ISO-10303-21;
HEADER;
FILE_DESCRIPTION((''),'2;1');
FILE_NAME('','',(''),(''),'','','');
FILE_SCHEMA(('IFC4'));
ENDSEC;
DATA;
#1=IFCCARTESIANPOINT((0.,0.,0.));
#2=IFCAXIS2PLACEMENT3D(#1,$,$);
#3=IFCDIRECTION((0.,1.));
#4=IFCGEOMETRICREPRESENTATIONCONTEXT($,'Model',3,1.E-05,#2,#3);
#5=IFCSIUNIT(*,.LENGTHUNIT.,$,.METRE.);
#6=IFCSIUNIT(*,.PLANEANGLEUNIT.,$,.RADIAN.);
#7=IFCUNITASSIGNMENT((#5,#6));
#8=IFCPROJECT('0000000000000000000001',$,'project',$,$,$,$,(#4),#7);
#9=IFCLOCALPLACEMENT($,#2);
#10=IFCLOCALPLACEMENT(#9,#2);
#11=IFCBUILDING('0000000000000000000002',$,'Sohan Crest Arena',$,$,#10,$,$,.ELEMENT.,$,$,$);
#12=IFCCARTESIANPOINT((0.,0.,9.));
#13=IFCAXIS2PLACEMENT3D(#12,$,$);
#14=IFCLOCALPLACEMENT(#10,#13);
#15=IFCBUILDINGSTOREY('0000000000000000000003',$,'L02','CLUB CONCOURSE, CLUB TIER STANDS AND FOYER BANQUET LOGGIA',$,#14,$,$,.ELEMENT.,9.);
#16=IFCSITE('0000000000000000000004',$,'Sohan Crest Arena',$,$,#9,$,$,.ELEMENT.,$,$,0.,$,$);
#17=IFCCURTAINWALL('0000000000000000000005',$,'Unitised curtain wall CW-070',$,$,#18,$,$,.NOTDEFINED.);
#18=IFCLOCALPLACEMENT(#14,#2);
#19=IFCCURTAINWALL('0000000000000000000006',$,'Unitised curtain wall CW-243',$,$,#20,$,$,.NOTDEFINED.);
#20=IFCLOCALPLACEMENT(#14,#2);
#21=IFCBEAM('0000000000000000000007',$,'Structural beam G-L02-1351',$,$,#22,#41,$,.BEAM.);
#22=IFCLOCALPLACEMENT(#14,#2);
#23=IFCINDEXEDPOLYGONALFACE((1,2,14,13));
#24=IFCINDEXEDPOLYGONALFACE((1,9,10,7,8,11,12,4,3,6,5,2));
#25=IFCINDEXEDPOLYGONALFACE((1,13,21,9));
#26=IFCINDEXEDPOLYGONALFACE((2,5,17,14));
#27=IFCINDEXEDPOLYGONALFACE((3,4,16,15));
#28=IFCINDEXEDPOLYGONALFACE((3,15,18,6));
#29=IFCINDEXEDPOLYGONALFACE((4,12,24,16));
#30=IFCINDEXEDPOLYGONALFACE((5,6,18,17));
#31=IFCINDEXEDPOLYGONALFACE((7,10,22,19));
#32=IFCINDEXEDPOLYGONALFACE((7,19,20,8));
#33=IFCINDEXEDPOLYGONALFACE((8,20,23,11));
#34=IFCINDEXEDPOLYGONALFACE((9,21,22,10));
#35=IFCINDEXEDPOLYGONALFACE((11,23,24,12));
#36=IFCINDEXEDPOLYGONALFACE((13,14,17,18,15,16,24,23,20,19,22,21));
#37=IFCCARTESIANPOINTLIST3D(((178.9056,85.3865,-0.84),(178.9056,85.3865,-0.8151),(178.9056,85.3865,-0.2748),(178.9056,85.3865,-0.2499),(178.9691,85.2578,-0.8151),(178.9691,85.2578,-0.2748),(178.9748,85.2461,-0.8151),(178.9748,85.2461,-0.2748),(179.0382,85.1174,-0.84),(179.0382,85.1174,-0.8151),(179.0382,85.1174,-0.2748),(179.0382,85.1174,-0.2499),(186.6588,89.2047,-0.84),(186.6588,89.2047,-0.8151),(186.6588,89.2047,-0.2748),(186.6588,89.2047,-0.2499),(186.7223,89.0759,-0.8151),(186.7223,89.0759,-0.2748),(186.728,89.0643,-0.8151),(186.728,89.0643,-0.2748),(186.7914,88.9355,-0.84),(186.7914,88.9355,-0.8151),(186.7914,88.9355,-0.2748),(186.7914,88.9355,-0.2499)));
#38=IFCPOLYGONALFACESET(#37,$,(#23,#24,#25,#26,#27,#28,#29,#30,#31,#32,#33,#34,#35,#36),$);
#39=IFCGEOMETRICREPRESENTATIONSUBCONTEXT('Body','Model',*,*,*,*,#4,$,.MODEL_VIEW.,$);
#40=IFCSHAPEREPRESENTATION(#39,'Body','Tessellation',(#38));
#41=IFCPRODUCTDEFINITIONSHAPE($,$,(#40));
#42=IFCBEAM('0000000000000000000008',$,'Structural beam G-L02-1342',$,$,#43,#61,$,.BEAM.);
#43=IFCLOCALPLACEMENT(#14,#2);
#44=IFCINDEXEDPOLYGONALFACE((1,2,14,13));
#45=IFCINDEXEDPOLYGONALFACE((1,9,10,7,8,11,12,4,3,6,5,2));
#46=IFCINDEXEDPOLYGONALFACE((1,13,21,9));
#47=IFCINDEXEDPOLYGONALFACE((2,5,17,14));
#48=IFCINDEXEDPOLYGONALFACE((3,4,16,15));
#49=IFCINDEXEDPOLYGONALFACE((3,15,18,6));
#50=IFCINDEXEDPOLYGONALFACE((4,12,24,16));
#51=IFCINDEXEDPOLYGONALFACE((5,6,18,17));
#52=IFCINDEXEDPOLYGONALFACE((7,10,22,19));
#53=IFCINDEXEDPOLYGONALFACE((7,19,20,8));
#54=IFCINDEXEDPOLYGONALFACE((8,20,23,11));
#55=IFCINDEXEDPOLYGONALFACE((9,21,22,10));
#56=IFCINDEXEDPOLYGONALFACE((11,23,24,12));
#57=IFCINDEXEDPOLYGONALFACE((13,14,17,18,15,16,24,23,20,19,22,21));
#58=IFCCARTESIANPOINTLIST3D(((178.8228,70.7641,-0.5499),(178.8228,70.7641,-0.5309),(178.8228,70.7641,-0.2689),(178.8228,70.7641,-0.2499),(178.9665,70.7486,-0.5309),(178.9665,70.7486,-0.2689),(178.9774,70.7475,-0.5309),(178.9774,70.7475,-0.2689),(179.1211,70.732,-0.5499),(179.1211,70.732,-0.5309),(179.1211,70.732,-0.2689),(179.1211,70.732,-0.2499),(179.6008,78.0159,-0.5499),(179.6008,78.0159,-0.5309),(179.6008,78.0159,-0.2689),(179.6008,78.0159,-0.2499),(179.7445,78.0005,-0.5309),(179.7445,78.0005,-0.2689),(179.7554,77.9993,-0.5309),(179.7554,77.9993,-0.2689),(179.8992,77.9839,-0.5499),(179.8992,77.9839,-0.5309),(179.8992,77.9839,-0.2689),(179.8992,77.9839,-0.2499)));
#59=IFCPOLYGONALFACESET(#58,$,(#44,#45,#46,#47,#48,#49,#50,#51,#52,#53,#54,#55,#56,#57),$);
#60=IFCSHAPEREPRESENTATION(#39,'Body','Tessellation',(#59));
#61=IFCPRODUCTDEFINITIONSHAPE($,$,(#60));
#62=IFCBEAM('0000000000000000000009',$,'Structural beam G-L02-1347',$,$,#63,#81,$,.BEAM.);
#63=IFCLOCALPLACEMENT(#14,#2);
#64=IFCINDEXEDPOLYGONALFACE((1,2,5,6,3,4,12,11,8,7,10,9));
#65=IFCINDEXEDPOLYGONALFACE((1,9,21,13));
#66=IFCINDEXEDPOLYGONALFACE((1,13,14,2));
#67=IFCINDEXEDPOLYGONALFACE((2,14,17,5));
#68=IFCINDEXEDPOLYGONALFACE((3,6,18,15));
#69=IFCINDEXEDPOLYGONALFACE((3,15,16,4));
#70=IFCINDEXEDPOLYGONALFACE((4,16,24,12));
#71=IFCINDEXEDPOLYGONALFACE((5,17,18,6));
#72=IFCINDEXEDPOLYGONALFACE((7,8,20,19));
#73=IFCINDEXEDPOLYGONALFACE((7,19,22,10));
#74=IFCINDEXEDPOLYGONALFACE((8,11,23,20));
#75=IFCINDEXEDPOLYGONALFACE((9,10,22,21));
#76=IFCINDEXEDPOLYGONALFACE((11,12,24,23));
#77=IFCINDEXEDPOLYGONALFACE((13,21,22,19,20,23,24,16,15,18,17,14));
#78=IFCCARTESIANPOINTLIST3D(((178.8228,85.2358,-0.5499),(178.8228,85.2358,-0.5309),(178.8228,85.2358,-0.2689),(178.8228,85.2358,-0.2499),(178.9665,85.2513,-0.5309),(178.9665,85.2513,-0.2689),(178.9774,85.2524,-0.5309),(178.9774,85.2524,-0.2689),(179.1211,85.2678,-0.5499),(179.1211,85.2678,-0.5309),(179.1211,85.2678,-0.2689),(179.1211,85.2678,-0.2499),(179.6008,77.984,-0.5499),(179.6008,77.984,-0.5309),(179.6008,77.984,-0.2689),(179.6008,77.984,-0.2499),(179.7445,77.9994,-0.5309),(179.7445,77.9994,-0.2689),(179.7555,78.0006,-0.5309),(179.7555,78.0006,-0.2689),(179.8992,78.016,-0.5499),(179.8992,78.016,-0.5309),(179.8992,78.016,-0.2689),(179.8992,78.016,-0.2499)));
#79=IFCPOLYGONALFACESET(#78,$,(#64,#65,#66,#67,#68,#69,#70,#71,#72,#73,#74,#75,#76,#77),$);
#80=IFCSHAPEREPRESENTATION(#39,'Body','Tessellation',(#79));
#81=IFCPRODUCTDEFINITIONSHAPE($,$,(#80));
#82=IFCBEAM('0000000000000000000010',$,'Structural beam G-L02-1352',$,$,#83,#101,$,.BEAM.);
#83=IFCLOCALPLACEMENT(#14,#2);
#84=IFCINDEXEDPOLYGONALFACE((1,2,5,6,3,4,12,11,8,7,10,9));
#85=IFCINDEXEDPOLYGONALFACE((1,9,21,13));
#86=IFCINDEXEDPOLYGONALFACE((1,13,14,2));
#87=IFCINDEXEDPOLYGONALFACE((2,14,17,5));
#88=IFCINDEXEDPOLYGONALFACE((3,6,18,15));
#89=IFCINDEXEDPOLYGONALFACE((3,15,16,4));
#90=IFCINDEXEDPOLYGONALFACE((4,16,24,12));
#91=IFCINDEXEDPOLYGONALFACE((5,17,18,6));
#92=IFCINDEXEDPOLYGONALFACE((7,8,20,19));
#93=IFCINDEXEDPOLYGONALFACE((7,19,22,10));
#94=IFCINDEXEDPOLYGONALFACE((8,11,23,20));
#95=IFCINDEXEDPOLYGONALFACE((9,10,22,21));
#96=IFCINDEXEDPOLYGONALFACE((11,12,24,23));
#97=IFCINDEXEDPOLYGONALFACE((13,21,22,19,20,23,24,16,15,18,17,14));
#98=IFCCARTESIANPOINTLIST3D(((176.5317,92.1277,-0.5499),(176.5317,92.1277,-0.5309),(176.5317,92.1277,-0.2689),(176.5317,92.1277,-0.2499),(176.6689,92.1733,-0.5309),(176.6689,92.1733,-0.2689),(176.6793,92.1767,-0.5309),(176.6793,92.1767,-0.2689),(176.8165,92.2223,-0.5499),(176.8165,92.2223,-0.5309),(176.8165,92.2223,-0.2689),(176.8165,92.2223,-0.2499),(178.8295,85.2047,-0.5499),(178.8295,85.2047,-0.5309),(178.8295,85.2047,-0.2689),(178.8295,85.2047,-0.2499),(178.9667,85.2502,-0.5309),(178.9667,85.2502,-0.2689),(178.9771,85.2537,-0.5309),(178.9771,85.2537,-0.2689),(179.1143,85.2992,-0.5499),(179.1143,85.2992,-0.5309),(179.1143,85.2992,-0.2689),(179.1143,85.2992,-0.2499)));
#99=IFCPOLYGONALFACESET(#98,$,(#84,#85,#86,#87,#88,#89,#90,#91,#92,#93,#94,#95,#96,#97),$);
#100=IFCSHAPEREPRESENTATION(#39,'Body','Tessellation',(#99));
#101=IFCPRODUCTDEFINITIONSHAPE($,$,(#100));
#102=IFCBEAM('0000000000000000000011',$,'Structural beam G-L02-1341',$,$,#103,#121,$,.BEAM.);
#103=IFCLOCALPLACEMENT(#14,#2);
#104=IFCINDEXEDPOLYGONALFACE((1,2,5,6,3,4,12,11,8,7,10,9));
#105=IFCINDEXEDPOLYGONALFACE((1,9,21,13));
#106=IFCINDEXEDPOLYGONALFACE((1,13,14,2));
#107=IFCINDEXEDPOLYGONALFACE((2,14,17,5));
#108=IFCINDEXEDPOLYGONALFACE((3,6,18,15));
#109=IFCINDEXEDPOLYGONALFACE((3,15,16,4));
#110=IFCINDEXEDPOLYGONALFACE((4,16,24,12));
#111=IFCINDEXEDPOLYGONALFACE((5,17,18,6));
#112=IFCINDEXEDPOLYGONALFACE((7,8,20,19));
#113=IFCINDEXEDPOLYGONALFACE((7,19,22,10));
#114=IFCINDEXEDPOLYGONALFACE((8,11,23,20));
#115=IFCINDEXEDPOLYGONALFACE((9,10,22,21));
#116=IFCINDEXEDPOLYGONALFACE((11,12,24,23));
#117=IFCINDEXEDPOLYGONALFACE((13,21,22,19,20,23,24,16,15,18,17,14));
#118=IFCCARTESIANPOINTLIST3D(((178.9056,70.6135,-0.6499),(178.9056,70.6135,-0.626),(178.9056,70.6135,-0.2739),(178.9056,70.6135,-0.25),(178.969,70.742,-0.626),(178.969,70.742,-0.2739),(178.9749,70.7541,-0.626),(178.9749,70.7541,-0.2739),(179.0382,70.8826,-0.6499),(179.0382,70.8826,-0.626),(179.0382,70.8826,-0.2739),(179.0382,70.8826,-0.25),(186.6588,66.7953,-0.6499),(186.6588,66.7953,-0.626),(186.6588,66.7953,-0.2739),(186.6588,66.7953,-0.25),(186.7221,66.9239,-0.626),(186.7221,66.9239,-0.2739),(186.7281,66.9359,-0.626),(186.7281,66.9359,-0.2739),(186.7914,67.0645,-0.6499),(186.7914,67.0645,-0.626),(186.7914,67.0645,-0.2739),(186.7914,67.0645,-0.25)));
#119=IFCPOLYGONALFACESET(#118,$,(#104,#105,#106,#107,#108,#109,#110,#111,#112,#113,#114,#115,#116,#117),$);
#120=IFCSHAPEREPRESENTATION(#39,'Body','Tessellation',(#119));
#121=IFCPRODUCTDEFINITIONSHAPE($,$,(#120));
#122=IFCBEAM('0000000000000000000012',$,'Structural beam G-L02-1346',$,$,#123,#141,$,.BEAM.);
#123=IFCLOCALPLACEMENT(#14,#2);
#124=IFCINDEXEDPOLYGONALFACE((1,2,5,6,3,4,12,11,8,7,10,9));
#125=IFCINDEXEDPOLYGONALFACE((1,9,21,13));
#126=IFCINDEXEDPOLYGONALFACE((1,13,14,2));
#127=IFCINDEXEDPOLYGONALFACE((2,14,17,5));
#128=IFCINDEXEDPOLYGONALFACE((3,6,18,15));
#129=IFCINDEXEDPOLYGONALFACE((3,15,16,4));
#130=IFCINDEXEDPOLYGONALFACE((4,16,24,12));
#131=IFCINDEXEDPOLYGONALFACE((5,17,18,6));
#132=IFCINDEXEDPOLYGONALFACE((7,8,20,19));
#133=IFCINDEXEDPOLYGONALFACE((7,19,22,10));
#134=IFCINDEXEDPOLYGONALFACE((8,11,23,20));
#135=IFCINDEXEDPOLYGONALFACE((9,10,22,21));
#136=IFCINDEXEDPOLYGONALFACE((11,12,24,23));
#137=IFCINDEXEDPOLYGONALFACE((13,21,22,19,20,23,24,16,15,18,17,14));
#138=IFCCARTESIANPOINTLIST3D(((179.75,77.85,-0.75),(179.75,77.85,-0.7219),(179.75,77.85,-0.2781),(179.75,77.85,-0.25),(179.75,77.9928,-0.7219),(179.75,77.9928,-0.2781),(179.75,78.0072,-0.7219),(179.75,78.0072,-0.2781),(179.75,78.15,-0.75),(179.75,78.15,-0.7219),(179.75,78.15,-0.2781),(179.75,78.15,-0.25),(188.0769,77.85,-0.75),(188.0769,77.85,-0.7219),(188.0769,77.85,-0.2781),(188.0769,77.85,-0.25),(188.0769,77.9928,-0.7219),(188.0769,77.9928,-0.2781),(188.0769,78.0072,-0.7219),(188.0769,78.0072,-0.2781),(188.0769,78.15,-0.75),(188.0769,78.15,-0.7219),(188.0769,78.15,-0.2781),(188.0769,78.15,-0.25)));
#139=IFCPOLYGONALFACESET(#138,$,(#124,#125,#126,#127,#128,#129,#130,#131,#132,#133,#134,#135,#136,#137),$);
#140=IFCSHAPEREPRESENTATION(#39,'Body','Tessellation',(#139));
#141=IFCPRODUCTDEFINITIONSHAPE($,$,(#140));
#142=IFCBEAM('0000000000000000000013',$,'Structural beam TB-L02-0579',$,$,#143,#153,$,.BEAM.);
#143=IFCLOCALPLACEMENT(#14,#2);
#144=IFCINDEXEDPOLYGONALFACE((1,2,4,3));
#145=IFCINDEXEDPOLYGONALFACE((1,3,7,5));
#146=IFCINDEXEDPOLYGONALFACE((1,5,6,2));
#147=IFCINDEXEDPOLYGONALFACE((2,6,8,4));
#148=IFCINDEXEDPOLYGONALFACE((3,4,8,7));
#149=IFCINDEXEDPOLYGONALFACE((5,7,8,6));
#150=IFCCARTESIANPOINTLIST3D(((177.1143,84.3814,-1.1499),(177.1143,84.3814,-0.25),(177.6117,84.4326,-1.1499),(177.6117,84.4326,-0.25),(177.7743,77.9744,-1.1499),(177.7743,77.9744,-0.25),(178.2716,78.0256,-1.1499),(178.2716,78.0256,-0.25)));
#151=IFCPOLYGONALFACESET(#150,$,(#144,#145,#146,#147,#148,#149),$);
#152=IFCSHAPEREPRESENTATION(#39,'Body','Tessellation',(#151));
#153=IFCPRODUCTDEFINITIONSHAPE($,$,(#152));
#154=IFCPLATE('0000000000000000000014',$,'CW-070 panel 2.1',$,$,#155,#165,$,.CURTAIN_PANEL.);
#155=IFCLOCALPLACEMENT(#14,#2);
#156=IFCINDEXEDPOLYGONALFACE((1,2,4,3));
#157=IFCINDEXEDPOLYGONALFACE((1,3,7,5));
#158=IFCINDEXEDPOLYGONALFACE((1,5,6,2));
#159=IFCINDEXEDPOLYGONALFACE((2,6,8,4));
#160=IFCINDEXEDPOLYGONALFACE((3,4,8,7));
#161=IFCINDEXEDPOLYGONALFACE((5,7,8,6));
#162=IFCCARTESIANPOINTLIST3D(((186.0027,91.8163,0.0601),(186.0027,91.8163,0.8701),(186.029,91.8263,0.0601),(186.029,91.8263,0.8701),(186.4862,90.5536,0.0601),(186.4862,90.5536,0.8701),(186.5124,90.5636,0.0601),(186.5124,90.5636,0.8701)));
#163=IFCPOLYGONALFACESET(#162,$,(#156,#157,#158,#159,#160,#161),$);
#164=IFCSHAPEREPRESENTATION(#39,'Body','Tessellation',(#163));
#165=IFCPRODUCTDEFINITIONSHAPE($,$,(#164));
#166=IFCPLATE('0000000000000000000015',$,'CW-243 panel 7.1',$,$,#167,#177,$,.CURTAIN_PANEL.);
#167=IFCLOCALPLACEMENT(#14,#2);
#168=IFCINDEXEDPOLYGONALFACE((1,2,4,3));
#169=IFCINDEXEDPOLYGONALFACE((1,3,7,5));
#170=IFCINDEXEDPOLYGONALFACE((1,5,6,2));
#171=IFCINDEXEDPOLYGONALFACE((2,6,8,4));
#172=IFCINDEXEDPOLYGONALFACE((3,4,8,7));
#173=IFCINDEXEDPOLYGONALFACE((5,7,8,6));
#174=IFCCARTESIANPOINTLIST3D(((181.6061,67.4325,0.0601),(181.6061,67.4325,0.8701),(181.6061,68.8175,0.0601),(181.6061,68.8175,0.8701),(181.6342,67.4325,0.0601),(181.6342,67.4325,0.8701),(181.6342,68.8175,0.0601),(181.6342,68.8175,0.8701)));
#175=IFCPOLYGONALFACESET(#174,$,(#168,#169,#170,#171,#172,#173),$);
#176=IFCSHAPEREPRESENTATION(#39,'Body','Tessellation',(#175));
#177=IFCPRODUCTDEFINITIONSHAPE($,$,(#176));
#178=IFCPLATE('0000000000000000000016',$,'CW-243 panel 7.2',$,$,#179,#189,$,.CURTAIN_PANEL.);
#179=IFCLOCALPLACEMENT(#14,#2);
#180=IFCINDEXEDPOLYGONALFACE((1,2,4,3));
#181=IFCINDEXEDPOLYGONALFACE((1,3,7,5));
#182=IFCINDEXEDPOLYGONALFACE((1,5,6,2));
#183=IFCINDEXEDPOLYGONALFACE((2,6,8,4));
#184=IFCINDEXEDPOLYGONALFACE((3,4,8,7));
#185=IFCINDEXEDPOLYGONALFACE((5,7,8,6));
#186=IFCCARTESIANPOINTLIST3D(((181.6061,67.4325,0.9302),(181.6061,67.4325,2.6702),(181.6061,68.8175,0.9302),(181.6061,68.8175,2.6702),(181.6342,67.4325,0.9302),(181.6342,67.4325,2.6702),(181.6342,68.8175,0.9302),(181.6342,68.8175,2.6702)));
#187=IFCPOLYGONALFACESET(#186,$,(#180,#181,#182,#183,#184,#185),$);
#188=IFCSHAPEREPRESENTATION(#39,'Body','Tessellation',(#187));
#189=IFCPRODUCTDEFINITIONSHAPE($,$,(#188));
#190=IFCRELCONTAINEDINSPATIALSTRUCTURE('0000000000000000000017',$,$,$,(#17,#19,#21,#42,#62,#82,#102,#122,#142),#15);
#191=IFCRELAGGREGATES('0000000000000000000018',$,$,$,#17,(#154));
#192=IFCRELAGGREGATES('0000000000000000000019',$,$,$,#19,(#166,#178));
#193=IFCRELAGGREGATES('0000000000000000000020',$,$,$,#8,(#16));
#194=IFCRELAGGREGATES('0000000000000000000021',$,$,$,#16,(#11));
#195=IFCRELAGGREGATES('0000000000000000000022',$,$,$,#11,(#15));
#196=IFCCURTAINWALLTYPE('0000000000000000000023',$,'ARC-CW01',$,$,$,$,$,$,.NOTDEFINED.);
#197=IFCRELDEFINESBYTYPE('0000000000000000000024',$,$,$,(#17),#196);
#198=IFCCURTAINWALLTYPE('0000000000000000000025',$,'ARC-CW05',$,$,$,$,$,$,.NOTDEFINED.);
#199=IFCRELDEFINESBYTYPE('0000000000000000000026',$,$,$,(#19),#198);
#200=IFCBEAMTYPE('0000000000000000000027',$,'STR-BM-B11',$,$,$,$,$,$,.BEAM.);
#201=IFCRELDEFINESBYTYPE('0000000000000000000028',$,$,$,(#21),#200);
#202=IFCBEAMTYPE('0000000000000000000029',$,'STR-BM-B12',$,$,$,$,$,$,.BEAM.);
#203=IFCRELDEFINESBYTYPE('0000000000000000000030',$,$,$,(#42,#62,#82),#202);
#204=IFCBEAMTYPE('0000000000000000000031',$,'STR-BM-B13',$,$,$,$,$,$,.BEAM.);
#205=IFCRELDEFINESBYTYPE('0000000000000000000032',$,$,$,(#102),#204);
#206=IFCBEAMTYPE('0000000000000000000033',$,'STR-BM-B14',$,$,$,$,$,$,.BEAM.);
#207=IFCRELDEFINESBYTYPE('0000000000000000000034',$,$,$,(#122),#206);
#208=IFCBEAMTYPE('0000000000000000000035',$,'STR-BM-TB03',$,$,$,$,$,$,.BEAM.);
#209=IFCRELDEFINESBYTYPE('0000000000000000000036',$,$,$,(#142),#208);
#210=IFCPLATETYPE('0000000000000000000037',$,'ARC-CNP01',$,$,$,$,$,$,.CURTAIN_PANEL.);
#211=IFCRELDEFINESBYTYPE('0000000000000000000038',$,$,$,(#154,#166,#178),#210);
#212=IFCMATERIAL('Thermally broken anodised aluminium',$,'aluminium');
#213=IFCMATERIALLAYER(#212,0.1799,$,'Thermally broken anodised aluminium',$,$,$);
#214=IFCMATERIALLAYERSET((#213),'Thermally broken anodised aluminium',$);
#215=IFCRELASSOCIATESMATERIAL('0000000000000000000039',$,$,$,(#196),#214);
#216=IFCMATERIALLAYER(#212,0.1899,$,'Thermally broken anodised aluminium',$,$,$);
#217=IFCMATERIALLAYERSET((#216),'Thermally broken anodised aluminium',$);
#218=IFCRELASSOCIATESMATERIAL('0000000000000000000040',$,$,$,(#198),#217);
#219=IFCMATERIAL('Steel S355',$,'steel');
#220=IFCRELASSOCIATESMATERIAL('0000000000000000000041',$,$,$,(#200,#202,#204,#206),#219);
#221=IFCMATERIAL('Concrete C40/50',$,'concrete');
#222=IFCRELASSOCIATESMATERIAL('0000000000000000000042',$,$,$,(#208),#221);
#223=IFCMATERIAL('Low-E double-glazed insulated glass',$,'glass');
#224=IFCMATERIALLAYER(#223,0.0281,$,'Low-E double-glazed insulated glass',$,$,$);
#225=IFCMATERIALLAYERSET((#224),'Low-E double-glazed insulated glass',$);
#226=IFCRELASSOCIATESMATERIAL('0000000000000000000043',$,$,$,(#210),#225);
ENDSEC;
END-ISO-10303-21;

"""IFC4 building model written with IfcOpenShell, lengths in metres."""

from ifc_helpers import new_model, si_unit, direction, frame, origin, origin_2d, place, context, subcontext, project, spatial, rectangle, i_section, extrude, material, layer, layer_set, material_profile, profile_set, type_object, element, aggregate, save


model = new_model("IFC4")

# Units and contexts
model_context = context("Model", 3, precision=1e-05, world=origin(), true_north=direction((0.0, 1.0)))
body_context = subcontext(model_context, "Body", "Model", "MODEL_VIEW")
ifc_project = project(units=[si_unit("LENGTHUNIT", "METRE"), si_unit("PLANEANGLEUNIT", "RADIAN")], contexts=[model_context])

# Site, building, storey
site_placement = place(None, origin())
site = spatial("IfcSite", under=ifc_project, at=site_placement, Name="Sohan Crest Arena", CompositionType="ELEMENT", RefElevation=0.0)
building_placement = place(site_placement, origin())
building = spatial("IfcBuilding", under=site, at=building_placement, Name="Sohan Crest Arena", CompositionType="ELEMENT")
storey_placement = place(building_placement, frame((0.0, 0.0, 9.0)))
storey = spatial("IfcBuildingStorey", under=building, at=storey_placement, Name="L02", Description="CLUB CONCOURSE, CLUB TIER STANDS AND FOYER BANQUET LOGGIA", CompositionType="ELEMENT", Elevation=9.0)

# Shared definitions
ifc_material_1 = material(Name="Concrete C40/50", Category="concrete")
ifc_material_2 = material(Name="Steel S355", Category="steel")

# Curtain wall
ifc_material_3 = material(Name="Thermally broken anodised aluminium", Category="aluminium")
ifc_layer_1 = layer(ifc_material_3, 0.1799, Name="Thermally broken anodised aluminium")
ifc_layer_set_1 = layer_set([ifc_layer_1], Name="Thermally broken anodised aluminium")
curtain_wall_type_1 = type_object("IfcCurtainWallType", Name="ARC-CW01", PredefinedType="NOTDEFINED", material=ifc_layer_set_1)
curtain_wall_1_placement = place(storey_placement, origin())
curtain_wall_1 = element("IfcCurtainWall", 1, at=curtain_wall_1_placement, inside=storey, type_object=curtain_wall_type_1, Name="Unitised curtain wall CW-070", PredefinedType="NOTDEFINED")

# Curtain wall
ifc_layer_2 = layer(ifc_material_3, 0.1899, Name="Thermally broken anodised aluminium")
ifc_layer_set_2 = layer_set([ifc_layer_2], Name="Thermally broken anodised aluminium")
curtain_wall_type_2 = type_object("IfcCurtainWallType", Name="ARC-CW05", PredefinedType="NOTDEFINED", material=ifc_layer_set_2)
curtain_wall_2_placement = place(storey_placement, origin())
curtain_wall_2 = element("IfcCurtainWall", 2, at=curtain_wall_2_placement, inside=storey, type_object=curtain_wall_type_2, Name="Unitised curtain wall CW-243", PredefinedType="NOTDEFINED")

# Beams
ifc_material_profile_1 = material_profile(ifc_material_2, i_section(OverallWidth=0.3, OverallDepth=0.5901, WebThickness=0.0129, FlangeThickness=0.0249, at=origin_2d()), Name="HEA 600")
ifc_profile_set_1 = profile_set([ifc_material_profile_1], Name="Steel S355")
beam_type_1 = type_object("IfcBeamType", Name="STR-BM-B11", PredefinedType="BEAM", material=ifc_profile_set_1)
beam_1_placement = place(storey_placement, frame((178.9719, 85.252, -0.5449), z_axis=(0.897117, 0.441793, 0.0), x_axis=(-0.441793, 0.897117, 0.0)))
element("IfcBeam", 3, at=beam_1_placement, inside=storey, type_object=beam_type_1, Name="Structural beam G-L02-1351", PredefinedType="BEAM", context=body_context, shape_type="SweptSolid", body=[
    extrude(i_section(OverallWidth=0.3, OverallDepth=0.5901, WebThickness=0.0129, FlangeThickness=0.0249, at=origin_2d()), origin(), (0.0, 0.0, 1.0), 8.6423),
])
ifc_material_profile_2 = material_profile(ifc_material_2, i_section(OverallWidth=0.3, OverallDepth=0.3, WebThickness=0.011, FlangeThickness=0.019, at=origin_2d()), Name="HEB 300")
ifc_profile_set_2 = profile_set([ifc_material_profile_2], Name="Steel S355")
beam_type_2 = type_object("IfcBeamType", Name="STR-BM-B12", PredefinedType="BEAM", material=ifc_profile_set_2)
for number, where, z_axis, x_axis, name in (
    (4, (178.9719, 70.748, -0.3999), (0.10668, 0.994293, 0.0), (-0.994293, 0.10668, 0.0), "Structural beam G-L02-1342"),
    (5, (179.75, 78.0, -0.3999), (-0.10668, 0.994293, 0.0), (-0.994293, -0.10668, 0.0), "Structural beam G-L02-1347"),
):
    element("IfcBeam", number, at=place(storey_placement, frame(where, z_axis=z_axis, x_axis=x_axis)), inside=storey, type_object=beam_type_2, Name=name, PredefinedType="BEAM", context=body_context, shape_type="SweptSolid", body=[
        extrude(i_section(OverallWidth=0.3, OverallDepth=0.3, WebThickness=0.011, FlangeThickness=0.019, at=origin_2d()), origin(), (0.0, 0.0, 1.0), 7.2935),
    ])
beam_2_placement = place(storey_placement, frame((178.9719, 85.252, -0.3999), z_axis=(-0.315013, 0.949087, 0.0), x_axis=(-0.949087, -0.315013, 0.0)))
element("IfcBeam", 6, at=beam_2_placement, inside=storey, type_object=beam_type_2, Name="Structural beam G-L02-1352", PredefinedType="BEAM", context=body_context, shape_type="SweptSolid", body=[
    extrude(i_section(OverallWidth=0.3, OverallDepth=0.3, WebThickness=0.011, FlangeThickness=0.019, at=origin_2d()), origin(), (0.0, 0.0, 1.0), 7.2944),
])
ifc_material_profile_3 = material_profile(ifc_material_2, i_section(OverallWidth=0.3, OverallDepth=0.3999, WebThickness=0.0134, FlangeThickness=0.0239, at=origin_2d()), Name="HEB 400")
ifc_profile_set_3 = profile_set([ifc_material_profile_3], Name="Steel S355")
beam_type_3 = type_object("IfcBeamType", Name="STR-BM-B13", PredefinedType="BEAM", material=ifc_profile_set_3)
beam_3_placement = place(storey_placement, frame((178.9719, 70.748, -0.45), z_axis=(0.897117, -0.441793, 0.0), x_axis=(0.441793, 0.897117, 0.0)))
element("IfcBeam", 7, at=beam_3_placement, inside=storey, type_object=beam_type_3, Name="Structural beam G-L02-1341", PredefinedType="BEAM", context=body_context, shape_type="SweptSolid", body=[
    extrude(i_section(OverallWidth=0.3, OverallDepth=0.3999, WebThickness=0.0134, FlangeThickness=0.0239, at=origin_2d()), origin(), (0.0, 0.0, 1.0), 8.6423),
])
ifc_material_profile_4 = material_profile(ifc_material_2, i_section(OverallWidth=0.3, OverallDepth=0.5, WebThickness=0.0144, FlangeThickness=0.0281, at=origin_2d()), Name="HEB 500")
ifc_profile_set_4 = profile_set([ifc_material_profile_4], Name="Steel S355")
beam_type_4 = type_object("IfcBeamType", Name="STR-BM-B14", PredefinedType="BEAM", material=ifc_profile_set_4)
beam_4_placement = place(storey_placement, frame((179.75, 78.0, -0.5), z_axis=(1.0, 0.0, 0.0), x_axis=(0.0, 1.0, 0.0)))
element("IfcBeam", 8, at=beam_4_placement, inside=storey, type_object=beam_type_4, Name="Structural beam G-L02-1346", PredefinedType="BEAM", context=body_context, shape_type="SweptSolid", body=[
    extrude(i_section(OverallWidth=0.3, OverallDepth=0.5, WebThickness=0.0144, FlangeThickness=0.0281, at=origin_2d()), origin(), (0.0, 0.0, 1.0), 8.3269),
])
ifc_material_profile_5 = material_profile(ifc_material_1, rectangle(XDim=0.5, YDim=0.8999, at=origin_2d()), Name="RC-BM 500x900")
ifc_profile_set_5 = profile_set([ifc_material_profile_5], Name="Concrete C40/50")
beam_type_5 = type_object("IfcBeamType", Name="STR-BM-TB03", PredefinedType="BEAM", material=ifc_profile_set_5)
beam_5_placement = place(storey_placement, frame((178.0229, 78.0, -0.7), z_axis=(-0.102457, 0.994737, 0.0), x_axis=(-0.994737, -0.102457, 0.0)))
element("IfcBeam", 9, at=beam_5_placement, inside=storey, type_object=beam_type_5, Name="Structural beam TB-L02-0579", PredefinedType="BEAM", context=body_context, shape_type="SweptSolid", body=[
    extrude(rectangle(XDim=0.5, YDim=0.8999, at=origin_2d()), origin(), (0.0, 0.0, 1.0), 6.4409),
])

# Plates
ifc_material_4 = material(Name="Low-E double-glazed insulated glass", Category="glass")
ifc_layer_3 = layer(ifc_material_4, 0.0281, Name="Low-E double-glazed insulated glass")
ifc_layer_set_3 = layer_set([ifc_layer_3], Name="Low-E double-glazed insulated glass")
plate_type = type_object("IfcPlateType", Name="ARC-CNP01", PredefinedType="CURTAIN_PANEL", material=ifc_layer_set_3)
plate_1_placement = place(storey_placement, frame((186.2576, 91.1899, 0.0601), z_axis=(0.0, 0.0, 1.0), x_axis=(-0.357567, 0.933888, 0.0)))
plate_1 = element("IfcPlate", 10, at=plate_1_placement, type_object=plate_type, Name="CW-070 panel 2.1", PredefinedType="CURTAIN_PANEL", context=body_context, shape_type="SweptSolid", body=[
    extrude(rectangle(XDim=1.3521, YDim=0.0281, at=origin_2d()), origin(), (0.0, 0.0, 1.0), 0.8101),
])
aggregate(curtain_wall_1, [plate_1])
plate_2_placement = place(storey_placement, frame((181.6201, 68.125, 0.0601), z_axis=(0.0, 0.0, 1.0), x_axis=(0.0, 1.0, 0.0)))
plate_2 = element("IfcPlate", 11, at=plate_2_placement, type_object=plate_type, Name="CW-243 panel 7.1", PredefinedType="CURTAIN_PANEL", context=body_context, shape_type="SweptSolid", body=[
    extrude(rectangle(XDim=1.385, YDim=0.0281, at=origin_2d()), origin(), (0.0, 0.0, 1.0), 0.8101),
])
plate_3_placement = place(storey_placement, frame((181.6201, 68.125, 0.9302), z_axis=(0.0, 0.0, 1.0), x_axis=(0.0, 1.0, 0.0)))
plate_3 = element("IfcPlate", 12, at=plate_3_placement, type_object=plate_type, Name="CW-243 panel 7.2", PredefinedType="CURTAIN_PANEL", context=body_context, shape_type="SweptSolid", body=[
    extrude(rectangle(XDim=1.385, YDim=0.0281, at=origin_2d()), origin(), (0.0, 0.0, 1.0), 1.74),
])
aggregate(curtain_wall_2, [plate_2, plate_3])

save(model, "model.ifc")
